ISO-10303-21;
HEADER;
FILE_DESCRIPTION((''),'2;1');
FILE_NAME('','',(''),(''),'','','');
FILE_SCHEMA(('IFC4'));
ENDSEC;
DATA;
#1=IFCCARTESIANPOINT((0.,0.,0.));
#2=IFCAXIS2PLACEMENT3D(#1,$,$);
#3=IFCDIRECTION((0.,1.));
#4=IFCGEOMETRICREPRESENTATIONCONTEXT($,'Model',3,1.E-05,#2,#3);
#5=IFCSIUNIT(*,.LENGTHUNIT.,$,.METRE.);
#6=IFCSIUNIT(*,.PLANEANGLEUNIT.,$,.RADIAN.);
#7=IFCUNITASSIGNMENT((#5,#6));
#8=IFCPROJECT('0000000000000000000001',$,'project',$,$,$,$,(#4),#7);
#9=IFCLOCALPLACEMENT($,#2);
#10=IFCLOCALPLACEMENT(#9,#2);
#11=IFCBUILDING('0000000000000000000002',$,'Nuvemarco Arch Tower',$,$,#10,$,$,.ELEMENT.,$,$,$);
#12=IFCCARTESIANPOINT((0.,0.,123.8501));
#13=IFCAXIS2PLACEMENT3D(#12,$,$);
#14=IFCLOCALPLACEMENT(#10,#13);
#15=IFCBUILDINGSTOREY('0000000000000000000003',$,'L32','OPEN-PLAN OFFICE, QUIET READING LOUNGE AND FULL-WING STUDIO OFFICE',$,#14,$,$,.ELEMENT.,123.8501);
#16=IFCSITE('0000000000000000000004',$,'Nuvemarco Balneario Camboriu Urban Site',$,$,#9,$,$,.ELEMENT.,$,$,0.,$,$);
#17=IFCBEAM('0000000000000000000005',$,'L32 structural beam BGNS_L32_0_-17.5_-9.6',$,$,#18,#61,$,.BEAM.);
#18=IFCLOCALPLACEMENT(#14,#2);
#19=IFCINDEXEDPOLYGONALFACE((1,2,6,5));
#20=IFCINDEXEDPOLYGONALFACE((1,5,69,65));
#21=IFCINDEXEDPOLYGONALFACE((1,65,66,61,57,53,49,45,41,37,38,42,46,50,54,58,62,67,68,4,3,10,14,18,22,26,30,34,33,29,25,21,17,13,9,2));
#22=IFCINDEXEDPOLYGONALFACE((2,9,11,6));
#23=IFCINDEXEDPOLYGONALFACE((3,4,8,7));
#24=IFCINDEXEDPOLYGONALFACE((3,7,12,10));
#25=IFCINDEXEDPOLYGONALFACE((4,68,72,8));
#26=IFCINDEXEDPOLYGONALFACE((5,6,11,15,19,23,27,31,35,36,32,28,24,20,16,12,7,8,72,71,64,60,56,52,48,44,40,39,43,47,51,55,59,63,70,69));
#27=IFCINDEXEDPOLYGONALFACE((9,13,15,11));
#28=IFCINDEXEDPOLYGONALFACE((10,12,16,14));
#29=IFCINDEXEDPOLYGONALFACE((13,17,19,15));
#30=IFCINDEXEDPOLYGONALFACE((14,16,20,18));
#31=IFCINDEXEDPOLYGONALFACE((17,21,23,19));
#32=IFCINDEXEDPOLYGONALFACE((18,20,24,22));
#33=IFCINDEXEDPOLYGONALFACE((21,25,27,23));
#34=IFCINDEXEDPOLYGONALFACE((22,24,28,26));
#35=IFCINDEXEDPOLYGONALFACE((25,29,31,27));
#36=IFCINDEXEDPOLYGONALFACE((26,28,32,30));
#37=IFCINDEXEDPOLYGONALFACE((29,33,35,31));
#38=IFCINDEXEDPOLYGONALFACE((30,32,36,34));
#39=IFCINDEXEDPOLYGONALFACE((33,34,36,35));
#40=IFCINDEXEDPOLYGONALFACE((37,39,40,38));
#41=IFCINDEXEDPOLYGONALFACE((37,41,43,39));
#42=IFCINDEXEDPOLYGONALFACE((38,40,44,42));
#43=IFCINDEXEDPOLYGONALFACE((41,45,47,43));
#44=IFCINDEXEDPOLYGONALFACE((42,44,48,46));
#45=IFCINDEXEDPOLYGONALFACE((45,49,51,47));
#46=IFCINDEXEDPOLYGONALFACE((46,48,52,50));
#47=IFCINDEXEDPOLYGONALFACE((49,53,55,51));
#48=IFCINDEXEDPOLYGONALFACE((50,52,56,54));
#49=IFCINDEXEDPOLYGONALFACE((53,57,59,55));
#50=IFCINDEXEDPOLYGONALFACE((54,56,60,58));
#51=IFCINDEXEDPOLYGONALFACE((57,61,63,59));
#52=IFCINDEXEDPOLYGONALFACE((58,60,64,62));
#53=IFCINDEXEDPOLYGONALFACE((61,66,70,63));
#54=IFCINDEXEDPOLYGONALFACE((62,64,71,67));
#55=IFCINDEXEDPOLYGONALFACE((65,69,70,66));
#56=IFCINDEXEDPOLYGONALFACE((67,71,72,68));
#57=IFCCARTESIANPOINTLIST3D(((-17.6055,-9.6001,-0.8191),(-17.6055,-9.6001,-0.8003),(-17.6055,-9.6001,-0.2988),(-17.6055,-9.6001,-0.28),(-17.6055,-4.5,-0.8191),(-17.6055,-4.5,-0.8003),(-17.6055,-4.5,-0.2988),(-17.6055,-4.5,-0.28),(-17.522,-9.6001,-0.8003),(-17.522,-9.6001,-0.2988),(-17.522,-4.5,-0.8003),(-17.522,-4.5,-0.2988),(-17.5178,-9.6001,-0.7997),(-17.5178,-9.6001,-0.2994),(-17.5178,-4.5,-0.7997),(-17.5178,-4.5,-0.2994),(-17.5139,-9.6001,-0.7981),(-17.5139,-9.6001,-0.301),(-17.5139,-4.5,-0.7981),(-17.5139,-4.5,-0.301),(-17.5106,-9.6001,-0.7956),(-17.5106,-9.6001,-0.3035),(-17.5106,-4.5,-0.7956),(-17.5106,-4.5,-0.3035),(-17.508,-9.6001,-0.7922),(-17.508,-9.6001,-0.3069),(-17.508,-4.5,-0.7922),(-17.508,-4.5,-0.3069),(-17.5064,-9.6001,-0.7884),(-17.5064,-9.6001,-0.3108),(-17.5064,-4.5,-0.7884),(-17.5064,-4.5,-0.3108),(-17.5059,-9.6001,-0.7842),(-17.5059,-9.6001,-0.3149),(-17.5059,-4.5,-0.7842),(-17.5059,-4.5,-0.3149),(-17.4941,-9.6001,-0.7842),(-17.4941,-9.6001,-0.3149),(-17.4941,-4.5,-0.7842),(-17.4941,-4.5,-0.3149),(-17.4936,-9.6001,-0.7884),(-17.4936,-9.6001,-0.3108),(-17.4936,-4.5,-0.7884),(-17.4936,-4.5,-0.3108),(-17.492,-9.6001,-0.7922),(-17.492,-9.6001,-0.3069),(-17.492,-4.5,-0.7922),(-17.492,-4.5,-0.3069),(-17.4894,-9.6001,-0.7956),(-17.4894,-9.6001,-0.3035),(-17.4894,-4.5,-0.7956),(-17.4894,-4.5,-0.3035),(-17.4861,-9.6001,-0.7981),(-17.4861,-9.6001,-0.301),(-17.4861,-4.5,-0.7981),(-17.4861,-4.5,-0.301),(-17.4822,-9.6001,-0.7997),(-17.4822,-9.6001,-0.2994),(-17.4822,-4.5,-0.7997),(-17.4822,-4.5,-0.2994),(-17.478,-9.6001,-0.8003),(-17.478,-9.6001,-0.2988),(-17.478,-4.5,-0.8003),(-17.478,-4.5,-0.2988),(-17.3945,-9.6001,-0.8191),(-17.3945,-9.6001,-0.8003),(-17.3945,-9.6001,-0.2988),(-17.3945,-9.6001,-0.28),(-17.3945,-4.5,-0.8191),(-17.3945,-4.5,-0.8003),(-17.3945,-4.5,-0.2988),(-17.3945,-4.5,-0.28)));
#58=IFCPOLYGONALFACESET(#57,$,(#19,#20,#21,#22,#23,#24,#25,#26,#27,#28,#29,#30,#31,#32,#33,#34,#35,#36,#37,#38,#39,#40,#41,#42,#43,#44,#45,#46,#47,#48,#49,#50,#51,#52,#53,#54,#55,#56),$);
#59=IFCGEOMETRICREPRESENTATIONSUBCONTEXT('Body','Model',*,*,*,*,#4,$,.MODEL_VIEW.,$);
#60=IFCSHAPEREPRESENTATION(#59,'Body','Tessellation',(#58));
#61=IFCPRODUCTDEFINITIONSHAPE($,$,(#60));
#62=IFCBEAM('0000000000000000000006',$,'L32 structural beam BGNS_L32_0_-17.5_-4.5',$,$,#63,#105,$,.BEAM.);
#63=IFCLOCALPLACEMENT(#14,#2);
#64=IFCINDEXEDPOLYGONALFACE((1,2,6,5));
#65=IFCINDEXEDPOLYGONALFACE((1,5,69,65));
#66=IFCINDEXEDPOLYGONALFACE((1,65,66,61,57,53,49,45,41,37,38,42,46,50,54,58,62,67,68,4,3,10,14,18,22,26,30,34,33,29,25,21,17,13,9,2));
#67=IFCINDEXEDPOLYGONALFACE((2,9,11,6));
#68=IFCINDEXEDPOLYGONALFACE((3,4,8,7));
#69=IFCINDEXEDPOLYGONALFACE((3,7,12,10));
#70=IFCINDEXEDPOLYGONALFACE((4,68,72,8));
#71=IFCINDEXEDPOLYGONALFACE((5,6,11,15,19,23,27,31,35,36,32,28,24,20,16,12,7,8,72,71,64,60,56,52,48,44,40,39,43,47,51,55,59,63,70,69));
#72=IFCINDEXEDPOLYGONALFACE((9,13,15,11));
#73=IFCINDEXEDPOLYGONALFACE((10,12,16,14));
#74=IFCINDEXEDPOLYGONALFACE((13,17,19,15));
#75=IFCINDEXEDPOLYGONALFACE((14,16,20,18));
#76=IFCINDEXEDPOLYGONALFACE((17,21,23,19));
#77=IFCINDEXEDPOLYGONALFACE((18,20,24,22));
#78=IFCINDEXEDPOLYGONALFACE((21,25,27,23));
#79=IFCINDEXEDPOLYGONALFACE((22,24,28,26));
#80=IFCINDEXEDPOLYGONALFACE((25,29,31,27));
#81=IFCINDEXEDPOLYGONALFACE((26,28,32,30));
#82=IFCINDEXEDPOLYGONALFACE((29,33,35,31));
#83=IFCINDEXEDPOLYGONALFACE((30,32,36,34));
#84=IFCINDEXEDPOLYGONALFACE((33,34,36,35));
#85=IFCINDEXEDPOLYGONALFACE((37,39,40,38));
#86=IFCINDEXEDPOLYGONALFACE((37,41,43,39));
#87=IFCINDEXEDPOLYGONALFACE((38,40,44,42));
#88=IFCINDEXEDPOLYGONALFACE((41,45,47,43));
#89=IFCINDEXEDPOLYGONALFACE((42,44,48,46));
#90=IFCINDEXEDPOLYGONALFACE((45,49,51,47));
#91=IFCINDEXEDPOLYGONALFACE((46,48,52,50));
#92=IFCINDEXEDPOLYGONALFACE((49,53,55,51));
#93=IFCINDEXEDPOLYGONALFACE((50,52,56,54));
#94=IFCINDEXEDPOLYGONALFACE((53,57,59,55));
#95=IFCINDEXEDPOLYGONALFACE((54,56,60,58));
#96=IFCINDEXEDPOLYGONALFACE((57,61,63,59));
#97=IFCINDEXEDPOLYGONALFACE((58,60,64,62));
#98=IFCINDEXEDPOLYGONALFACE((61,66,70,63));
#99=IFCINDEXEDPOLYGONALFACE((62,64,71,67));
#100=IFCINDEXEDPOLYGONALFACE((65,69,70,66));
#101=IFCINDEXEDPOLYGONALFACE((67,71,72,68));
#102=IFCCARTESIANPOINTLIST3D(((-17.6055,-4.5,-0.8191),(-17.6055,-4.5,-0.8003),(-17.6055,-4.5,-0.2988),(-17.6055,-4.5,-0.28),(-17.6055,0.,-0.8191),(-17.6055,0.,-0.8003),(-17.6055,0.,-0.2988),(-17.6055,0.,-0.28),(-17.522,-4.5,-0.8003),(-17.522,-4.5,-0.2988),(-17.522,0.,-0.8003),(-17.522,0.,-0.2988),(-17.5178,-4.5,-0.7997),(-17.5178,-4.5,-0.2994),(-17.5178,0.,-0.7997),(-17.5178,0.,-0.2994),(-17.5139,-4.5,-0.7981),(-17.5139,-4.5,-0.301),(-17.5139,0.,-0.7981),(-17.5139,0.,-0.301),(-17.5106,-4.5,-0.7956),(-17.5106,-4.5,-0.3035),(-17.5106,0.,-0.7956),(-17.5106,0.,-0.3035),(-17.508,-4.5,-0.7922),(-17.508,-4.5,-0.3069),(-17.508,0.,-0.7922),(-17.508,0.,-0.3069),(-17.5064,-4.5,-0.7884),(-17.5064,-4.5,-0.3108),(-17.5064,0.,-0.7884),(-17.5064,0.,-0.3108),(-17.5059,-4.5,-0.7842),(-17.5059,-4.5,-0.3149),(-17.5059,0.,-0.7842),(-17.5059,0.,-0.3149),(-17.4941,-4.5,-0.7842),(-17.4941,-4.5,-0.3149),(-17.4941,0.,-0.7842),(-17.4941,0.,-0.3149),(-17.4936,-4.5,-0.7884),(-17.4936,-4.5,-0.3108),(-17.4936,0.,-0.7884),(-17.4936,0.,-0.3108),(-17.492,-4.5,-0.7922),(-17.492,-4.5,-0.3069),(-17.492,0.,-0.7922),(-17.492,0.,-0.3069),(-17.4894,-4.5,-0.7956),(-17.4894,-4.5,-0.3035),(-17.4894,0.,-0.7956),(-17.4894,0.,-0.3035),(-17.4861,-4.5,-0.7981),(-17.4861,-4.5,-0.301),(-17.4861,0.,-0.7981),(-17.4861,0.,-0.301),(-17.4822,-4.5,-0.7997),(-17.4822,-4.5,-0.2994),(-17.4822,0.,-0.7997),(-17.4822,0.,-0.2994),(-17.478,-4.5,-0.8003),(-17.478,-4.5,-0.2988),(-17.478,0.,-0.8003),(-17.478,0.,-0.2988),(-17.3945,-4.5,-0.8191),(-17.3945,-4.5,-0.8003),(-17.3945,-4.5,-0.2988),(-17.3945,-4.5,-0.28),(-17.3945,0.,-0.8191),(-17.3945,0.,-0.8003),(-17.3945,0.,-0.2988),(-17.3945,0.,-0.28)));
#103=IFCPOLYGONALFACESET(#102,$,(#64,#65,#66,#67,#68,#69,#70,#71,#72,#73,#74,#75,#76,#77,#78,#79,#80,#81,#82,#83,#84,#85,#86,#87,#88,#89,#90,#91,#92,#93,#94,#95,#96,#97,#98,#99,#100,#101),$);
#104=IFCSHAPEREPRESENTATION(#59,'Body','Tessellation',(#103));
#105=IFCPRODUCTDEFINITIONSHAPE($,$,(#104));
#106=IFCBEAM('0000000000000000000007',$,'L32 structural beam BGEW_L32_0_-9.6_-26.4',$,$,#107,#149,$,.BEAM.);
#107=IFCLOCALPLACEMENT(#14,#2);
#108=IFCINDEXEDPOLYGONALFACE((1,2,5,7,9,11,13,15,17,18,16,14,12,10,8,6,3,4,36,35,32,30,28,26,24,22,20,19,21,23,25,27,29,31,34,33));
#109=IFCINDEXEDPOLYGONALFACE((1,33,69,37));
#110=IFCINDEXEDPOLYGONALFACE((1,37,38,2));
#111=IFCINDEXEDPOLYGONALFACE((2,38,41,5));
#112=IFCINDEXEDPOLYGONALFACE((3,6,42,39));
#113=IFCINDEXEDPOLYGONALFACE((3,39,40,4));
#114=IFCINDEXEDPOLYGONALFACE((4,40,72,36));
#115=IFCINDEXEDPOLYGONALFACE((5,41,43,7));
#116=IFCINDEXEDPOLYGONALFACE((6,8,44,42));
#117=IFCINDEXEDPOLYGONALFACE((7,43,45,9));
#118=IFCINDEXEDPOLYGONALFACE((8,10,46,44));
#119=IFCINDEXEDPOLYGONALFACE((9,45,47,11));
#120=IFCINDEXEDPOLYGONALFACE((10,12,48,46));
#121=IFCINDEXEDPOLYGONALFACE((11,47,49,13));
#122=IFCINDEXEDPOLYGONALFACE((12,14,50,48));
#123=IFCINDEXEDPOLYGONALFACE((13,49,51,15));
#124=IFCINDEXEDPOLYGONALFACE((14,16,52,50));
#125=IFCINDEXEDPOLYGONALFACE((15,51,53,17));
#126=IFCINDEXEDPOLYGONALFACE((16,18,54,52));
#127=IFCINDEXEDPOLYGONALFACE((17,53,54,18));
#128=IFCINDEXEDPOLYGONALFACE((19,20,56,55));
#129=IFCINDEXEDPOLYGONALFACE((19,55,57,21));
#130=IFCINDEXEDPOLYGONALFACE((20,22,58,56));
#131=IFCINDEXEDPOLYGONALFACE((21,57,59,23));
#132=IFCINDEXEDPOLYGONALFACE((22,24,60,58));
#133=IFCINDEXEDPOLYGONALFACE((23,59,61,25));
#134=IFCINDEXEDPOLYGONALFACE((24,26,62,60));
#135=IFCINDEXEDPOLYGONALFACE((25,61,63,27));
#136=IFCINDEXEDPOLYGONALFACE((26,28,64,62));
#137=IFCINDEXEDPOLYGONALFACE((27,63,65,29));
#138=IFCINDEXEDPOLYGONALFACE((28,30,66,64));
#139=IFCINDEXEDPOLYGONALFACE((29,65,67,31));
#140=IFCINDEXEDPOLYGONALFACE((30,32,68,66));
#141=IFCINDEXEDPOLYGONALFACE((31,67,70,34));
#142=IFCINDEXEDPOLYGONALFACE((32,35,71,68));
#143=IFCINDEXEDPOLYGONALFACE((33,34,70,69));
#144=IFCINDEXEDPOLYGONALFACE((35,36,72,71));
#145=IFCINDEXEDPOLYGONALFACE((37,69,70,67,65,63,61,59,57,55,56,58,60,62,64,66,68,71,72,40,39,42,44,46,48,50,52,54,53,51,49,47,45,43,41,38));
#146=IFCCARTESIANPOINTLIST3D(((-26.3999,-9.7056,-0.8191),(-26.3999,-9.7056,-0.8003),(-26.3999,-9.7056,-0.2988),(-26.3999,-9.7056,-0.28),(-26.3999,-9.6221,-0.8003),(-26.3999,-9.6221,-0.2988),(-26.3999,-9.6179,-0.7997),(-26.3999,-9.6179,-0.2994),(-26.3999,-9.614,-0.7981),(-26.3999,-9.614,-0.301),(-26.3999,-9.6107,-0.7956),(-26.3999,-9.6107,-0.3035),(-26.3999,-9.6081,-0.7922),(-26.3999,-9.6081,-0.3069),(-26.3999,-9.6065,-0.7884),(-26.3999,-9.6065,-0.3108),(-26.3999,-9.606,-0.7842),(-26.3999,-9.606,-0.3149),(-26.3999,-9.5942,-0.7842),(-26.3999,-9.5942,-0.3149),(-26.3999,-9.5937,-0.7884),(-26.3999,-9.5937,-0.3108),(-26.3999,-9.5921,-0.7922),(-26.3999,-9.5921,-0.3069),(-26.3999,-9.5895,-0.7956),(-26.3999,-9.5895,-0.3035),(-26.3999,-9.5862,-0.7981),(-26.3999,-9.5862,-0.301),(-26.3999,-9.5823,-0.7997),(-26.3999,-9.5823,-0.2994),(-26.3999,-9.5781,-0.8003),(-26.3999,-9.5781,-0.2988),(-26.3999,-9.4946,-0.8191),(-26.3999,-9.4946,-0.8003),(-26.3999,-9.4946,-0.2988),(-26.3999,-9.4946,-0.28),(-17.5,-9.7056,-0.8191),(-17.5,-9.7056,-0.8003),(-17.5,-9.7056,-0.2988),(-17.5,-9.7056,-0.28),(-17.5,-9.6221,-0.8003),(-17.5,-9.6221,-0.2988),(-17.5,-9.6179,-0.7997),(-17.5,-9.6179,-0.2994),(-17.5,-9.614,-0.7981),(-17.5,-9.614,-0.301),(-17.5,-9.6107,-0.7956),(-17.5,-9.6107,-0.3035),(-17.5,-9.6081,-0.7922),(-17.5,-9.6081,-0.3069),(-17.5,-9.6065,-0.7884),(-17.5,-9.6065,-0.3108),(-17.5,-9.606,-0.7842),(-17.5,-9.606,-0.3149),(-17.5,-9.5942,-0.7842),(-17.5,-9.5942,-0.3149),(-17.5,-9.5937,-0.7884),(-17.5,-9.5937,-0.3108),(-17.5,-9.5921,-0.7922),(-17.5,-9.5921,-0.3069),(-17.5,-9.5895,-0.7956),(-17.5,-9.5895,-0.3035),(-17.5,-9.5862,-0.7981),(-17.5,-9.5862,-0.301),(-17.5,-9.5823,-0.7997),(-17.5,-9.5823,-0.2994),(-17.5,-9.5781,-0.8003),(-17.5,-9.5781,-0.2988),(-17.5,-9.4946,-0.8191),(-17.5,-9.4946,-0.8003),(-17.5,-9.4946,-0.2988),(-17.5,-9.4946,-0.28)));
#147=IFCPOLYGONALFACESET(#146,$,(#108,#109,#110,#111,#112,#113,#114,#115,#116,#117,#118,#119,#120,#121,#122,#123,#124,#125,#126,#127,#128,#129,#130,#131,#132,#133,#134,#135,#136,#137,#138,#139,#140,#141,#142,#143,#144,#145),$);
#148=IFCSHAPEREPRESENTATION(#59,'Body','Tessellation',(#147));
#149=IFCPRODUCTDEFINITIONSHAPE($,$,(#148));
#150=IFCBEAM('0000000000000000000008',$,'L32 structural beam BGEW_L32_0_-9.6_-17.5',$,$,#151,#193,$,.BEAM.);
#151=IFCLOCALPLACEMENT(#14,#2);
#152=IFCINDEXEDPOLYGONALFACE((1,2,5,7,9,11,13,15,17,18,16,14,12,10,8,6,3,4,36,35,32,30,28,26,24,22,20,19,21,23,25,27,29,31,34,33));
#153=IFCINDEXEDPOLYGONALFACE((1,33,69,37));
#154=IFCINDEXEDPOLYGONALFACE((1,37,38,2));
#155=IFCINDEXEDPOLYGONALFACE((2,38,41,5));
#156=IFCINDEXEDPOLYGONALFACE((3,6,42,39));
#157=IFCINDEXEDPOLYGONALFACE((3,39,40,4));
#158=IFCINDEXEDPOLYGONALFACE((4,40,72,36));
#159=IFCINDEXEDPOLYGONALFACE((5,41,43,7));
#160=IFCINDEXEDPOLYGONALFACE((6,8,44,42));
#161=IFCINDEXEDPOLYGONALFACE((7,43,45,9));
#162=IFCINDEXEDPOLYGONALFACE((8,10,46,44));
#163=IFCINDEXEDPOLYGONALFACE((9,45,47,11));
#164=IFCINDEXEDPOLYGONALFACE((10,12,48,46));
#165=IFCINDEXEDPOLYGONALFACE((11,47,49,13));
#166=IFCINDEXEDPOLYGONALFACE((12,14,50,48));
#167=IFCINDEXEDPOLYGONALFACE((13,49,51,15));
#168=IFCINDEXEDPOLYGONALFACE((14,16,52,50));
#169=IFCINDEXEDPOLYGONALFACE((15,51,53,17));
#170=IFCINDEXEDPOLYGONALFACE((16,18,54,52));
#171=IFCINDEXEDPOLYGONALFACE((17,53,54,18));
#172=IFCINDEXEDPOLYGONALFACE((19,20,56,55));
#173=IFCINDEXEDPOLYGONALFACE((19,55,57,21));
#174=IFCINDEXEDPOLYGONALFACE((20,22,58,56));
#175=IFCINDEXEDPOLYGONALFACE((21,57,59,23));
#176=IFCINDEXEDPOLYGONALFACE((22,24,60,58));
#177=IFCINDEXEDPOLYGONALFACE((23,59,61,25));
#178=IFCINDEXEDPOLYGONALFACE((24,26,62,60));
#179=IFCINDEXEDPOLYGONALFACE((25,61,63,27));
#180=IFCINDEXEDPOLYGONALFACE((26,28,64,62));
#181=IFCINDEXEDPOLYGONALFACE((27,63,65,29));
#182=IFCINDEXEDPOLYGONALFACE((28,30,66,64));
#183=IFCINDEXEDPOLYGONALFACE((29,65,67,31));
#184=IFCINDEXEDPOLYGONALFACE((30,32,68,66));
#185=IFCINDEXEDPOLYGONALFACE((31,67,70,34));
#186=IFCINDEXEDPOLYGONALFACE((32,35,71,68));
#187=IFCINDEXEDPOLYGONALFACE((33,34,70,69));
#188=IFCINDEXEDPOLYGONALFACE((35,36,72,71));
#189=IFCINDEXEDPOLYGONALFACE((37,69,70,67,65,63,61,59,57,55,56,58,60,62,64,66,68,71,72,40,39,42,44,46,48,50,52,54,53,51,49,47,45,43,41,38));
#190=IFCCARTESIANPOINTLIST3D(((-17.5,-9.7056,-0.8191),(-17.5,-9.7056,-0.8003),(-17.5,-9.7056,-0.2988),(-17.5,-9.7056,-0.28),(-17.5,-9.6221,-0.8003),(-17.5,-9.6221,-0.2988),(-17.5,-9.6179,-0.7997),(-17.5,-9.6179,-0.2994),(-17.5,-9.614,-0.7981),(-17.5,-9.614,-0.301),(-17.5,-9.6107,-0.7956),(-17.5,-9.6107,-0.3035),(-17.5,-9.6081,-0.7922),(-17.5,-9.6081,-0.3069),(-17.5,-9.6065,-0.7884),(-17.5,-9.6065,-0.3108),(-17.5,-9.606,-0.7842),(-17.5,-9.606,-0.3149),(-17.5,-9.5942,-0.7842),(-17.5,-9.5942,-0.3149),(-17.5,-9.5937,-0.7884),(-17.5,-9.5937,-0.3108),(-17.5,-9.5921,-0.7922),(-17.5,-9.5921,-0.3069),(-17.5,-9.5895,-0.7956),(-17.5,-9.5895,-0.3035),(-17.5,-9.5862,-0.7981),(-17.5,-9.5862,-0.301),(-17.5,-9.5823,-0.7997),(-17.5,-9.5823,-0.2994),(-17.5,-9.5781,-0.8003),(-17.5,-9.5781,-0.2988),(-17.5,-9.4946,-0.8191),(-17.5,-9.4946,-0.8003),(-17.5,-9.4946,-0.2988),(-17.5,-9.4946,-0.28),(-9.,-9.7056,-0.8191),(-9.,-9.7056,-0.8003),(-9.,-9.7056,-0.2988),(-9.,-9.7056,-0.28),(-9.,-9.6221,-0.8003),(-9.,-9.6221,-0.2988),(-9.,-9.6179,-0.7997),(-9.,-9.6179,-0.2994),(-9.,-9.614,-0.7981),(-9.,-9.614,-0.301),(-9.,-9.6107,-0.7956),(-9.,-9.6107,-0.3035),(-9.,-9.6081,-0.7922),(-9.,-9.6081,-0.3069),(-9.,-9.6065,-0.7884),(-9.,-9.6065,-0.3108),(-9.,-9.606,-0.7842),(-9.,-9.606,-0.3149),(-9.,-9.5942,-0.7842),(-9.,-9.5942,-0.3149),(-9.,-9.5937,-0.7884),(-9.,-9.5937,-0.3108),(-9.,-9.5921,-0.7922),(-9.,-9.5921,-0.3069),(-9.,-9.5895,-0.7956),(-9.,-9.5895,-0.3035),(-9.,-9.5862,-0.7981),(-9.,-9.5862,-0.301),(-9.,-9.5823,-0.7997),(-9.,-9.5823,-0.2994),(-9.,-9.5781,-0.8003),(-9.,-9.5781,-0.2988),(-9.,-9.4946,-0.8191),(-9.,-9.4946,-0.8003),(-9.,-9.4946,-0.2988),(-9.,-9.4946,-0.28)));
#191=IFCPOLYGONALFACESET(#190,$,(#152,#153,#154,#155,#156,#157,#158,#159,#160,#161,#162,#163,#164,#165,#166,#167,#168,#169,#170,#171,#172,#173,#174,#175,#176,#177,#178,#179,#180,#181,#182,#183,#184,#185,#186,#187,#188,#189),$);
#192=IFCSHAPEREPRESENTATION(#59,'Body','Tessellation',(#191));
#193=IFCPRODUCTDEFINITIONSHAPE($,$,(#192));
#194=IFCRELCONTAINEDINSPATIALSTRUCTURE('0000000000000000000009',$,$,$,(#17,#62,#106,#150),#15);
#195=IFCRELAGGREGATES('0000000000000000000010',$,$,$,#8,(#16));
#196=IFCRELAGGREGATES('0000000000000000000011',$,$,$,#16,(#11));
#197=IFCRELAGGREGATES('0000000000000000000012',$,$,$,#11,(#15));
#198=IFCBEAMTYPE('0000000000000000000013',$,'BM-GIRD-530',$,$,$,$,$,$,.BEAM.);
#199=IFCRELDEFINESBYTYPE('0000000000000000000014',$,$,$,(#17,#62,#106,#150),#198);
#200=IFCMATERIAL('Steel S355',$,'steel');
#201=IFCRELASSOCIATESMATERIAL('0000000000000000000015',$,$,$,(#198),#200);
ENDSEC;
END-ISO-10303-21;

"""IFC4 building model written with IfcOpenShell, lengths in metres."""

from ifc_helpers import new_model, si_unit, direction, frame, origin, origin_2d, place, context, subcontext, project, spatial, i_section, extrude, material, material_profile, profile_set, type_object, element, save


model = new_model("IFC4")

# Units and contexts
model_context = context("Model", 3, precision=1e-05, world=origin(), true_north=direction((0.0, 1.0)))
body_context = subcontext(model_context, "Body", "Model", "MODEL_VIEW")
ifc_project = project(units=[si_unit("LENGTHUNIT", "METRE"), si_unit("PLANEANGLEUNIT", "RADIAN")], contexts=[model_context])

# Site, building, storey
site_placement = place(None, origin())
site = spatial("IfcSite", under=ifc_project, at=site_placement, Name="Nuvemarco Balneario Camboriu Urban Site", CompositionType="ELEMENT", RefElevation=0.0)
building_placement = place(site_placement, origin())
building = spatial("IfcBuilding", under=site, at=building_placement, Name="Nuvemarco Arch Tower", CompositionType="ELEMENT")
storey_placement = place(building_placement, frame((0.0, 0.0, 123.8501)))
storey = spatial("IfcBuildingStorey", under=building, at=storey_placement, Name="L32", Description="OPEN-PLAN OFFICE, QUIET READING LOUNGE AND FULL-WING STUDIO OFFICE", CompositionType="ELEMENT", Elevation=123.8501)

# Shared definitions
ifc_material_1 = material(Name="Steel S355", Category="steel")

# Beams
ifc_material_profile_1 = material_profile(ifc_material_1, i_section(OverallWidth=0.2109, OverallDepth=0.5391, WebThickness=0.0117, FlangeThickness=0.0188, FilletRadius=0.0161, at=origin_2d()), Name="W530x109")
ifc_profile_set_1 = profile_set([ifc_material_profile_1], Name="Steel S355")
beam_type_1 = type_object("IfcBeamType", Name="BM-GIRD-530", PredefinedType="BEAM", material=ifc_profile_set_1)
beam_1_placement = place(storey_placement, frame((-17.5, -9.6001, -0.5496), z_axis=(0.0, 1.0, 0.0), x_axis=(-1.0, 0.0, 0.0)))
element("IfcBeam", 1, at=beam_1_placement, inside=storey, type_object=beam_type_1, Name="L32 structural beam BGNS_L32_0_-17.5_-9.6", PredefinedType="BEAM", context=body_context, shape_type="SweptSolid", body=[
    extrude(i_section(OverallWidth=0.2109, OverallDepth=0.5391, WebThickness=0.0117, FlangeThickness=0.0188, FilletRadius=0.0161, at=origin_2d()), origin(), (0.0, 0.0, 1.0), 5.1001),
])
beam_2_placement = place(storey_placement, frame((-17.5, -4.5, -0.5496), z_axis=(0.0, 1.0, 0.0), x_axis=(-1.0, 0.0, 0.0)))
element("IfcBeam", 2, at=beam_2_placement, inside=storey, type_object=beam_type_1, Name="L32 structural beam BGNS_L32_0_-17.5_-4.5", PredefinedType="BEAM", context=body_context, shape_type="SweptSolid", body=[
    extrude(i_section(OverallWidth=0.2109, OverallDepth=0.5391, WebThickness=0.0117, FlangeThickness=0.0188, FilletRadius=0.0161, at=origin_2d()), origin(), (0.0, 0.0, 1.0), 4.5),
])
beam_3_placement = place(storey_placement, frame((-26.3999, -9.6001, -0.5496), z_axis=(1.0, 0.0, 0.0), x_axis=(0.0, 1.0, 0.0)))
element("IfcBeam", 3, at=beam_3_placement, inside=storey, type_object=beam_type_1, Name="L32 structural beam BGEW_L32_0_-9.6_-26.4", PredefinedType="BEAM", context=body_context, shape_type="SweptSolid", body=[
    extrude(i_section(OverallWidth=0.2109, OverallDepth=0.5391, WebThickness=0.0117, FlangeThickness=0.0188, FilletRadius=0.0161, at=origin_2d()), origin(), (0.0, 0.0, 1.0), 8.8999),
])
beam_4_placement = place(storey_placement, frame((-17.5, -9.6001, -0.5496), z_axis=(1.0, 0.0, 0.0), x_axis=(0.0, 1.0, 0.0)))
element("IfcBeam", 4, at=beam_4_placement, inside=storey, type_object=beam_type_1, Name="L32 structural beam BGEW_L32_0_-9.6_-17.5", PredefinedType="BEAM", context=body_context, shape_type="SweptSolid", body=[
    extrude(i_section(OverallWidth=0.2109, OverallDepth=0.5391, WebThickness=0.0117, FlangeThickness=0.0188, FilletRadius=0.0161, at=origin_2d()), origin(), (0.0, 0.0, 1.0), 8.5),
])

save(model, "model.ifc")
